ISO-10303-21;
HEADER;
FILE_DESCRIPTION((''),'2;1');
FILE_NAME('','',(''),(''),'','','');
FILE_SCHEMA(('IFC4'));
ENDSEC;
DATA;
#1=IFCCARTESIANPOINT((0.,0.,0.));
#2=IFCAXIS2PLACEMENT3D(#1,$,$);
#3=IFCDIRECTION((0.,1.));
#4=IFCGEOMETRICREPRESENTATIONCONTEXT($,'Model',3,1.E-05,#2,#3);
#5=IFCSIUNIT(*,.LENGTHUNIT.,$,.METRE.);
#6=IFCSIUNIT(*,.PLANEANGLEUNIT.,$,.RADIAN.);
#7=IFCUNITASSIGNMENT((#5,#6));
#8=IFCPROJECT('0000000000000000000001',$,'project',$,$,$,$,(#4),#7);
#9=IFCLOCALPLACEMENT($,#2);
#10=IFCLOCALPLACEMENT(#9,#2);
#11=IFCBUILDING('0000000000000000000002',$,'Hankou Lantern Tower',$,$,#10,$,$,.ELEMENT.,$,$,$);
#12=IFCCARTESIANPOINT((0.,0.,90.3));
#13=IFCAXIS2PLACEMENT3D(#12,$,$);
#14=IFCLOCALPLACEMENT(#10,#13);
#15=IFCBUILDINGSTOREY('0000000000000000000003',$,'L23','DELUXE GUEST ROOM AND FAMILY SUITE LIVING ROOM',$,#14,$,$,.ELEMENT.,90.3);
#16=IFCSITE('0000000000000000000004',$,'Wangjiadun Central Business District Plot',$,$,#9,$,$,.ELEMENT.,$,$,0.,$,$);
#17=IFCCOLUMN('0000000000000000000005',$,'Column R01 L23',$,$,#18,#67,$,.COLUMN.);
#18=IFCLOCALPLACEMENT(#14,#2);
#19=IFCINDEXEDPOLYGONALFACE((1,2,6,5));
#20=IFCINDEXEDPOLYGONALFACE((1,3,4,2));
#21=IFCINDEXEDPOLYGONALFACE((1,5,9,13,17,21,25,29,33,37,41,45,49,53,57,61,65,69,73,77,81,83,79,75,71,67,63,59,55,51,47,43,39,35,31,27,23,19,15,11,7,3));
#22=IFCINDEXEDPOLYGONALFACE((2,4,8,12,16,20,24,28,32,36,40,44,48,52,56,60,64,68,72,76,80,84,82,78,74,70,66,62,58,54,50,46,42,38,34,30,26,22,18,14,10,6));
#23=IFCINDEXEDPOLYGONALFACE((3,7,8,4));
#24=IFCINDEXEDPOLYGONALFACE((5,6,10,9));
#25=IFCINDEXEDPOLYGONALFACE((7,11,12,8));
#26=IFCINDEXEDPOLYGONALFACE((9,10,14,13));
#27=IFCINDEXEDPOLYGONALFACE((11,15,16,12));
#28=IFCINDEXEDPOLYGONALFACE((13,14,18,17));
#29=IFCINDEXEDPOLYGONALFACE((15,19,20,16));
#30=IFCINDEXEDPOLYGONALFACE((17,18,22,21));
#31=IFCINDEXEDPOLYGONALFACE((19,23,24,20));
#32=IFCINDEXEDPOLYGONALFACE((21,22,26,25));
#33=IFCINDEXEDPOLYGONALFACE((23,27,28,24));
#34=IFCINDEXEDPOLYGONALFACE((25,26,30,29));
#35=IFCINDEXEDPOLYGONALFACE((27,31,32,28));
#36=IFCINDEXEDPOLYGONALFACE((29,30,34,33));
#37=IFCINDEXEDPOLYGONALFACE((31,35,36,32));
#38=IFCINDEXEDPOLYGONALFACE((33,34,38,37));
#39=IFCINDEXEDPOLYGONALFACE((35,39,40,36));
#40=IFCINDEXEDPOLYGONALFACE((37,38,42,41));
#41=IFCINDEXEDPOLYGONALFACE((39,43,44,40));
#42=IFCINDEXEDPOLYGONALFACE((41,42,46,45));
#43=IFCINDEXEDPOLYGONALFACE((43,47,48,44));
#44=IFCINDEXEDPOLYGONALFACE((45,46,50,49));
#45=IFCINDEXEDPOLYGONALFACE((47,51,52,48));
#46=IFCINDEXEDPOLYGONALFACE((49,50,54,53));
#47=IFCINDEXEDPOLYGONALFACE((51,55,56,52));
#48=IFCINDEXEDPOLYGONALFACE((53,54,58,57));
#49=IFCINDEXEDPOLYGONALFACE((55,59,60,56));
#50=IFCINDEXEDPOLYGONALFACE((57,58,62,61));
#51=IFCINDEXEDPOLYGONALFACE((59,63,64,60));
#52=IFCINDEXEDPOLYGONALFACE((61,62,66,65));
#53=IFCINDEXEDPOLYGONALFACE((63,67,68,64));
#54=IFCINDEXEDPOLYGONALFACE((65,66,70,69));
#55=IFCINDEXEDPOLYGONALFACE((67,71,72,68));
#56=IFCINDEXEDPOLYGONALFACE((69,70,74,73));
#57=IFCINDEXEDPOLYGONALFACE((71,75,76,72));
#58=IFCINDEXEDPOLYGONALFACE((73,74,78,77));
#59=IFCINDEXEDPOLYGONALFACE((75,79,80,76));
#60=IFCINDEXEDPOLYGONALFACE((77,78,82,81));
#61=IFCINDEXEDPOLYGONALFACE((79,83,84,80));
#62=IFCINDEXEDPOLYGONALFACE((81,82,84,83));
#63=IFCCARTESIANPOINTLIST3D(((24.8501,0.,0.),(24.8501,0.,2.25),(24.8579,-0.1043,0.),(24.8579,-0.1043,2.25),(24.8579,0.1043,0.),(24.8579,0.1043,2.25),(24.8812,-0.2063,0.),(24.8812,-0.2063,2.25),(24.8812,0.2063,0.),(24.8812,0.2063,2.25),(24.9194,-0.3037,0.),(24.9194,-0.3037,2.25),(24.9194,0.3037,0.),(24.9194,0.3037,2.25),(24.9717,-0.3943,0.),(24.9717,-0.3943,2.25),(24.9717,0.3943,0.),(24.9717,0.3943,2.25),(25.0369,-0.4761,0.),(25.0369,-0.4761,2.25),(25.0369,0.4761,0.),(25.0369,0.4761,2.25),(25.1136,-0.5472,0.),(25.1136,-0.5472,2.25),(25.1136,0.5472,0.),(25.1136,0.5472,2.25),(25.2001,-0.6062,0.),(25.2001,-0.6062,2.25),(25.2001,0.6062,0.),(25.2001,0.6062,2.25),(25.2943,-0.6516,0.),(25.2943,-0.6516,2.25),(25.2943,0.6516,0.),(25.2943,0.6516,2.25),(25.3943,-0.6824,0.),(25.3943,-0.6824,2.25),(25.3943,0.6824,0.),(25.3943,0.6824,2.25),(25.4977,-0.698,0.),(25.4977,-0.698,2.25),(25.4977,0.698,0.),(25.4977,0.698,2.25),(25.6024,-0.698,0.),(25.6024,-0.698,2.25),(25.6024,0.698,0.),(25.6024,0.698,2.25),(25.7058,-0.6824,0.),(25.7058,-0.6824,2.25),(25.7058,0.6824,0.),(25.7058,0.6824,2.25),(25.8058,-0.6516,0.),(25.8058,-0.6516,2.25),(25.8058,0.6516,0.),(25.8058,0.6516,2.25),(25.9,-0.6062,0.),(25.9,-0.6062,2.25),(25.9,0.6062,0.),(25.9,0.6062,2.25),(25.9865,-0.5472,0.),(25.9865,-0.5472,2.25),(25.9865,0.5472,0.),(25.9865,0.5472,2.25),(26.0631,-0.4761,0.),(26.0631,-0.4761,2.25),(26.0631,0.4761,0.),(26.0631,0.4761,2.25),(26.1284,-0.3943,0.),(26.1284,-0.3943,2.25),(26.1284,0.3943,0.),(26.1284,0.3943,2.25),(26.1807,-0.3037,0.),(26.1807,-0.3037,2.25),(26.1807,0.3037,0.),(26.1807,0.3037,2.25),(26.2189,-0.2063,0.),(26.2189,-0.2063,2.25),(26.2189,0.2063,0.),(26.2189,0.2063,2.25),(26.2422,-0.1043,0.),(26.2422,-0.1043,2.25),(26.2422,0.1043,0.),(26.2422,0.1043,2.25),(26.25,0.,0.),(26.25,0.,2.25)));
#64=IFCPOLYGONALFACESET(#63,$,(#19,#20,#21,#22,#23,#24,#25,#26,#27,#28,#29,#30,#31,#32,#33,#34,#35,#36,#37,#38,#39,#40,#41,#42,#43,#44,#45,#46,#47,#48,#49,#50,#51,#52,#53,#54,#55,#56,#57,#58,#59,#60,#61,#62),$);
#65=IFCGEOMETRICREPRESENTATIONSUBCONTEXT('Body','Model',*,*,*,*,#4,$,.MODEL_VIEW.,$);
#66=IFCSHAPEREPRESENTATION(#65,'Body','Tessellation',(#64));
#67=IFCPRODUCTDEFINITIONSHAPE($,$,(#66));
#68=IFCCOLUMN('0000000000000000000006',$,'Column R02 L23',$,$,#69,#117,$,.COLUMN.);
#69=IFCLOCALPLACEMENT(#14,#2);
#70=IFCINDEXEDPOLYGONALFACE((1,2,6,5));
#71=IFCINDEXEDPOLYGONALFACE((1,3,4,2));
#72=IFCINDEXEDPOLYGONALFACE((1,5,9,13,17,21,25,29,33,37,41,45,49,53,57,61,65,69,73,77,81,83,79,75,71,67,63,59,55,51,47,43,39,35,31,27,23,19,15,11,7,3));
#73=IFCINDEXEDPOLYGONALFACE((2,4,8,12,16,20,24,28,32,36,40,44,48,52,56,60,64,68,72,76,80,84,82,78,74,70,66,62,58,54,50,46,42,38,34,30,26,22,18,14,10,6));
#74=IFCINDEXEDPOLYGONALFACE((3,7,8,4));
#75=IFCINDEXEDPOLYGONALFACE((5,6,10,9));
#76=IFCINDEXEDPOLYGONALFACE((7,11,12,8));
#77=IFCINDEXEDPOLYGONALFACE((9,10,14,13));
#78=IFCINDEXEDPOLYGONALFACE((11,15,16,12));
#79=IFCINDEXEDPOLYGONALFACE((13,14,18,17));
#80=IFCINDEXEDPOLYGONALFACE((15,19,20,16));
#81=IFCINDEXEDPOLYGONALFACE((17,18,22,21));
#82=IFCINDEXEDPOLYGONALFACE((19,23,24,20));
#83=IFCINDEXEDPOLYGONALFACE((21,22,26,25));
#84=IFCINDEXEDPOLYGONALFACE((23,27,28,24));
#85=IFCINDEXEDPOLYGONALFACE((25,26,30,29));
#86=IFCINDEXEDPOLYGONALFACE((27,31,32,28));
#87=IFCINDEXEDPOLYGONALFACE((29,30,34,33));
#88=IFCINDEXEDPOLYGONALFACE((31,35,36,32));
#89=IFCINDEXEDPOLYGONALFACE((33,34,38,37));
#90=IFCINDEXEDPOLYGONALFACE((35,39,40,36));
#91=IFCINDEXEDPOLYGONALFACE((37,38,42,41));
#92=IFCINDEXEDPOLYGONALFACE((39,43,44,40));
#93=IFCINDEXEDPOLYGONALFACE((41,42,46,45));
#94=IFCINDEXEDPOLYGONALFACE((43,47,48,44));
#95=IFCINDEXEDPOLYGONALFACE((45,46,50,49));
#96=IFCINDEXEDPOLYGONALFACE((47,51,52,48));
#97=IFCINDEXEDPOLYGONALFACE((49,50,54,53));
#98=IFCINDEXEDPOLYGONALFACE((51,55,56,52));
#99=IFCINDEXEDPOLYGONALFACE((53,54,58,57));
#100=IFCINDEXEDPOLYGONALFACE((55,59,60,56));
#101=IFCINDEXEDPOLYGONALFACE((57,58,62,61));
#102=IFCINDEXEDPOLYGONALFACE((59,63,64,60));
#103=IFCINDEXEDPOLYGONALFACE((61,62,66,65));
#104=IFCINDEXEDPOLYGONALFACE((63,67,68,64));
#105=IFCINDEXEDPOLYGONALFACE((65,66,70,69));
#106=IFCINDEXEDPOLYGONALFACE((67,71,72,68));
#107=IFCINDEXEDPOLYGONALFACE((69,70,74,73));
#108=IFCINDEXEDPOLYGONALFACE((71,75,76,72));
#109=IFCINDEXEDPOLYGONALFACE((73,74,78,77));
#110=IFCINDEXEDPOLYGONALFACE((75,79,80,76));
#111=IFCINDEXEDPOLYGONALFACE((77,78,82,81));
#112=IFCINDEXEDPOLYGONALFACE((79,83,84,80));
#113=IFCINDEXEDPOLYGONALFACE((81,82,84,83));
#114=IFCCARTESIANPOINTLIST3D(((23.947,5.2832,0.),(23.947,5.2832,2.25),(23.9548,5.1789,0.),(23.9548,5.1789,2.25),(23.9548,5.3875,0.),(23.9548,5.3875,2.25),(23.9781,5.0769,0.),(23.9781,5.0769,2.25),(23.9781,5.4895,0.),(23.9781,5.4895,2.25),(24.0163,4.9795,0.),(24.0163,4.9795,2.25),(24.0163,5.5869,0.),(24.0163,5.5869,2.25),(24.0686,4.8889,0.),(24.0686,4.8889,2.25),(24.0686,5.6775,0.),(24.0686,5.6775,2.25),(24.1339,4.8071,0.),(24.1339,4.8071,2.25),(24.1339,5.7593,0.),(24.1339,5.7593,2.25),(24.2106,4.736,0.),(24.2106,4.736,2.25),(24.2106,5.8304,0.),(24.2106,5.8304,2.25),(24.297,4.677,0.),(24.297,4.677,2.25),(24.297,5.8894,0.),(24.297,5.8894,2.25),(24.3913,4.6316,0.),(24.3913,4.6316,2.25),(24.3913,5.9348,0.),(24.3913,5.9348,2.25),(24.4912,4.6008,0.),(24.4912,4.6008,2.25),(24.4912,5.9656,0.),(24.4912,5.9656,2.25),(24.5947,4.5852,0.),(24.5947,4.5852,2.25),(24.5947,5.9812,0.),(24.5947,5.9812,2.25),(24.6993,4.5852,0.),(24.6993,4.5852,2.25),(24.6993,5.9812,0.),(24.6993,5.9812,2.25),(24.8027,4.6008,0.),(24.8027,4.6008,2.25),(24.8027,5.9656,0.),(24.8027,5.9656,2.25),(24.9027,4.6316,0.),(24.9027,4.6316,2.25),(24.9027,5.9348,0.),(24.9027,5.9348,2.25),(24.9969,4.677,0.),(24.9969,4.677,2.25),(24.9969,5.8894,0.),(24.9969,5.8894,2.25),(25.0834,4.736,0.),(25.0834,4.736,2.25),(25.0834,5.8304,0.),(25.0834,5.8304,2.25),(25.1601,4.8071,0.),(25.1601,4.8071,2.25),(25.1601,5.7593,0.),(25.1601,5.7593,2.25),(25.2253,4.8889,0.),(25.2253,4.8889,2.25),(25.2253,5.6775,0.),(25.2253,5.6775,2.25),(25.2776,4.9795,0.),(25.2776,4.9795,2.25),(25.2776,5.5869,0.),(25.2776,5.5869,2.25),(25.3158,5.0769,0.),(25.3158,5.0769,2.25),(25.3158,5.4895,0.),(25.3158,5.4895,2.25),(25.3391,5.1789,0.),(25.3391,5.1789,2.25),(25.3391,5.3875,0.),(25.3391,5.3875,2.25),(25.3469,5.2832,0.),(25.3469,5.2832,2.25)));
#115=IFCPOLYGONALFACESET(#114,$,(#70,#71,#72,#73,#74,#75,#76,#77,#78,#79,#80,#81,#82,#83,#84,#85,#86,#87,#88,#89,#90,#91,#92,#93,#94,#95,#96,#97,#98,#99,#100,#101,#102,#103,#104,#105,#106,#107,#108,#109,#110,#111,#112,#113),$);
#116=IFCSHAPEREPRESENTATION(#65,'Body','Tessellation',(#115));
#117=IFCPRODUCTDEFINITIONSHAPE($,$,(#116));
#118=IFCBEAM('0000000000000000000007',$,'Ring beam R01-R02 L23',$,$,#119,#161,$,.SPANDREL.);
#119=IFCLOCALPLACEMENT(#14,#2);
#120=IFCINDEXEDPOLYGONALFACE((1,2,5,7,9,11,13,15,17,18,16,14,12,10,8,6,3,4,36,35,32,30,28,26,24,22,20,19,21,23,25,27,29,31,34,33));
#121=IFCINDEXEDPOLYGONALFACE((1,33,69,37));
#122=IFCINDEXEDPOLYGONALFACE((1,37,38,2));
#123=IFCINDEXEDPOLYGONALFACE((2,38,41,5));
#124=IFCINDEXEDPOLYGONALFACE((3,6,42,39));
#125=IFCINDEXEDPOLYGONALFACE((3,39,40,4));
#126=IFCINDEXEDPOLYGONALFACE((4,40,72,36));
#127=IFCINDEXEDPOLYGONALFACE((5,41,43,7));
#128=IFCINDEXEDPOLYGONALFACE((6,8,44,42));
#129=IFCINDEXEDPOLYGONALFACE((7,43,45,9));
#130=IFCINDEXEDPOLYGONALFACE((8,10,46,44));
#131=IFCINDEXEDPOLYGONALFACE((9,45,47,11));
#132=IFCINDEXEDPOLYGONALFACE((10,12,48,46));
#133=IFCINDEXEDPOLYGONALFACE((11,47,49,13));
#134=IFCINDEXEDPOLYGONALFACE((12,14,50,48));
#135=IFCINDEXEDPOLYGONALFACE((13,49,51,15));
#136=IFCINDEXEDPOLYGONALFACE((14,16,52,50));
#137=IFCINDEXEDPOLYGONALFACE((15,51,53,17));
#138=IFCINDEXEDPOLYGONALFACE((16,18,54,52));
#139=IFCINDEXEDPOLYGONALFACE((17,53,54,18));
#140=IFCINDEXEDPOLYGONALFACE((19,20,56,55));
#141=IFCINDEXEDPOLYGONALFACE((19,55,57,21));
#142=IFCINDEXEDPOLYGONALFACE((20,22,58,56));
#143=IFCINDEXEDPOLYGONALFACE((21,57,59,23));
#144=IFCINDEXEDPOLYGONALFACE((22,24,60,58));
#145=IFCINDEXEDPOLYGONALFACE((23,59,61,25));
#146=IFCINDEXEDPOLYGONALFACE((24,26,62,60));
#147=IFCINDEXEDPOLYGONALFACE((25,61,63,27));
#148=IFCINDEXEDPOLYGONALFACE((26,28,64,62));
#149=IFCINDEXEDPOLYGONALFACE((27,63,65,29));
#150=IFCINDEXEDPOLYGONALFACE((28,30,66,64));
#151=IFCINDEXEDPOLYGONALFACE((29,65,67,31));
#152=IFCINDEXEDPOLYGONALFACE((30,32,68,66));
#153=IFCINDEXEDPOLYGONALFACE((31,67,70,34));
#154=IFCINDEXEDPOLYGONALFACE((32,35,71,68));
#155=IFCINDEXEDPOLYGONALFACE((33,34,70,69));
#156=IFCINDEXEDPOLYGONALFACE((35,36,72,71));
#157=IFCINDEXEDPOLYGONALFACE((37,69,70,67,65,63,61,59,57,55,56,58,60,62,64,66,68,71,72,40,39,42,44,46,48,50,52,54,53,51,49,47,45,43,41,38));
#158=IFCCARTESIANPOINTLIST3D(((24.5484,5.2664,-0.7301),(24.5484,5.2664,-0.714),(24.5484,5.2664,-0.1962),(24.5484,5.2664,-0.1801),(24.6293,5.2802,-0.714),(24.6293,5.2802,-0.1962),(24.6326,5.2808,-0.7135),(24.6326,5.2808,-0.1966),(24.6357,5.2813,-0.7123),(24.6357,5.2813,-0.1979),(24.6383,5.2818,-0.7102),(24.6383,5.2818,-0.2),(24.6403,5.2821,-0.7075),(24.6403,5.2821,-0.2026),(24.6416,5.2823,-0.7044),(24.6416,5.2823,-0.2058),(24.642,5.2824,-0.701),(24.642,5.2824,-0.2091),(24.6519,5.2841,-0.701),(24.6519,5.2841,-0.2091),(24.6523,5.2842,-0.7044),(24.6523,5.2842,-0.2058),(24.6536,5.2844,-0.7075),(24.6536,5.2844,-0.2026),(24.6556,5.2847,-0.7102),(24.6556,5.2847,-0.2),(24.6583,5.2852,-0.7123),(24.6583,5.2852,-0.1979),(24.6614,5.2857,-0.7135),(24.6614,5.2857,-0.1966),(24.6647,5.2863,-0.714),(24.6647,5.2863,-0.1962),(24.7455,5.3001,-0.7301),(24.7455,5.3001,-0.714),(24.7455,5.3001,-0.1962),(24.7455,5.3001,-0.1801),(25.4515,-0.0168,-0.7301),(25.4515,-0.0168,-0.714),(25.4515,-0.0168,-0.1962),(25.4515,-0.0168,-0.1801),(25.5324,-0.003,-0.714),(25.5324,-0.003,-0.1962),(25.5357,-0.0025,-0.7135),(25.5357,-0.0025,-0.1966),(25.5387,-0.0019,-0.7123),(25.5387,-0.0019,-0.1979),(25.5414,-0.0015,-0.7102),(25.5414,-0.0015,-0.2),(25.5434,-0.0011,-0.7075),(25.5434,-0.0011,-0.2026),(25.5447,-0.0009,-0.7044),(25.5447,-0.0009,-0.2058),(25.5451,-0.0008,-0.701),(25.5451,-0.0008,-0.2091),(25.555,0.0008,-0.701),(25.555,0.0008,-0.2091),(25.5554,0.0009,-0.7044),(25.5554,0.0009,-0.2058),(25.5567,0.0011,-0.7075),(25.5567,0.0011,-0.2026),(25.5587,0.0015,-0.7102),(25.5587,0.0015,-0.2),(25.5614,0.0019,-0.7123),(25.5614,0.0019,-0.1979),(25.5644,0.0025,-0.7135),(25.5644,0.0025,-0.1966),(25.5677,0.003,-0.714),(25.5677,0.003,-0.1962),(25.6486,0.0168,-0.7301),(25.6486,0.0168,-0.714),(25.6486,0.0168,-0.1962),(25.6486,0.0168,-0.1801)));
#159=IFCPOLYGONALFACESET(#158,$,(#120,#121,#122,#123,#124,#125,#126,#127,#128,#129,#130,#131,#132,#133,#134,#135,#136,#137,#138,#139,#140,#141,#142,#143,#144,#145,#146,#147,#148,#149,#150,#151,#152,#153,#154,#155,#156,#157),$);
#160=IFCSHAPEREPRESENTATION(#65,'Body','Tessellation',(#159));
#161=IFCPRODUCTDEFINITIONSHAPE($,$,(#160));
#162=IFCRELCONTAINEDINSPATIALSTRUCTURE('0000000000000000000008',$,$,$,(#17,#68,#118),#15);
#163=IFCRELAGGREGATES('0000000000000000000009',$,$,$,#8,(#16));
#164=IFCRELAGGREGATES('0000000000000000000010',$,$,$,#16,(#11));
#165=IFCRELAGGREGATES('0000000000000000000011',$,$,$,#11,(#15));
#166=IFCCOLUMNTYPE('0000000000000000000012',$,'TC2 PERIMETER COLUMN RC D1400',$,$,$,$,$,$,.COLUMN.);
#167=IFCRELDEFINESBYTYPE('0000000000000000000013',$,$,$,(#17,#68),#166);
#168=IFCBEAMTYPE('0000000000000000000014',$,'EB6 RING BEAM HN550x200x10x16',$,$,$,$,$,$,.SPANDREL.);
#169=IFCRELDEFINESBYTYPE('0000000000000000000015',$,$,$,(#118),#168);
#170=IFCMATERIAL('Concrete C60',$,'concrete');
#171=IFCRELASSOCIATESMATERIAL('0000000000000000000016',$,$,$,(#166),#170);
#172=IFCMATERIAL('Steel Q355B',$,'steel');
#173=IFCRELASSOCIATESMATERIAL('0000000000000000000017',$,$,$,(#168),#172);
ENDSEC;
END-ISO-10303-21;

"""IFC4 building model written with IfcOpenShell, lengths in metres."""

from ifc_helpers import new_model, si_unit, direction, frame, origin, origin_2d, place, context, subcontext, project, spatial, circle, i_section, extrude, clip, halfspace, material, material_profile, profile_set, type_object, element, save


model = new_model("IFC4")

# Units and contexts
model_context = context("Model", 3, precision=1e-05, world=origin(), true_north=direction((0.0, 1.0)))
body_context = subcontext(model_context, "Body", "Model", "MODEL_VIEW")
ifc_project = project(units=[si_unit("LENGTHUNIT", "METRE"), si_unit("PLANEANGLEUNIT", "RADIAN")], contexts=[model_context])

# Site, building, storey
site_placement = place(None, origin())
site = spatial("IfcSite", under=ifc_project, at=site_placement, Name="Wangjiadun Central Business District Plot", CompositionType="ELEMENT", RefElevation=0.0)
building_placement = place(site_placement, origin())
building = spatial("IfcBuilding", under=site, at=building_placement, Name="Hankou Lantern Tower", CompositionType="ELEMENT")
storey_placement = place(building_placement, frame((0.0, 0.0, 90.3)))
storey = spatial("IfcBuildingStorey", under=building, at=storey_placement, Name="L23", Description="DELUXE GUEST ROOM AND FAMILY SUITE LIVING ROOM", CompositionType="ELEMENT", Elevation=90.3)

# Columns
ifc_material_1 = material(Name="Concrete C60", Category="concrete")
ifc_material_profile_1 = material_profile(ifc_material_1, circle(Radius=0.7, at=origin_2d()), Name="RC D1400")
ifc_profile_set_1 = profile_set([ifc_material_profile_1], Name="Concrete C60")
column_type = type_object("IfcColumnType", Name="TC2 PERIMETER COLUMN RC D1400", PredefinedType="COLUMN", material=ifc_profile_set_1)
for number, where, z_axis, x_axis, name in (
    (1, (25.55, 0.0, 0.0), (0.0, 0.0, 1.0), (1.0, 0.0, 0.0), "Column R01 L23"),
    (2, (24.647, 5.2832, 0.0), (0.0, 0.0, 1.0), (1.0, 0.0, 0.0), "Column R02 L23"),
):
    element("IfcColumn", number, at=place(storey_placement, frame(where, z_axis=z_axis, x_axis=x_axis)), inside=storey, type_object=column_type, Name=name, PredefinedType="COLUMN", context=body_context, shape_type="Clipping", body=[
        clip(extrude(circle(Radius=0.7, at=origin_2d()), origin(), (0.0, 0.0, 1.0), 3.3), halfspace(frame((0.0, 0.0, 2.25), z_axis=(0.0, 0.0, 1.0), x_axis=(1.0, 0.0, 0.0)), False)),
    ])

# Beam
ifc_material_2 = material(Name="Steel Q355B", Category="steel")
ifc_material_profile_2 = material_profile(ifc_material_2, i_section(OverallWidth=0.2, OverallDepth=0.55, WebThickness=0.01, FlangeThickness=0.0161, FilletRadius=0.0129, at=origin_2d()), Name="HN550x200x10x16")
ifc_profile_set_2 = profile_set([ifc_material_profile_2], Name="Steel Q355B")
beam_type_1 = type_object("IfcBeamType", Name="EB6 RING BEAM HN550x200x10x16", PredefinedType="SPANDREL", material=ifc_profile_set_2)
beam_1_placement = place(storey_placement, frame((25.55, 0.0, -0.4551), z_axis=(-0.16849, 0.985703, 0.0), x_axis=(-0.985703, -0.16849, 0.0)))
element("IfcBeam", 3, at=beam_1_placement, inside=storey, type_object=beam_type_1, Name="Ring beam R01-R02 L23", PredefinedType="SPANDREL", context=body_context, shape_type="SweptSolid", body=[
    extrude(i_section(OverallWidth=0.2, OverallDepth=0.55, WebThickness=0.01, FlangeThickness=0.0161, FilletRadius=0.0129, at=origin_2d()), origin(), (0.0, 0.0, 1.0), 5.3599),
])

save(model, "model.ifc")
